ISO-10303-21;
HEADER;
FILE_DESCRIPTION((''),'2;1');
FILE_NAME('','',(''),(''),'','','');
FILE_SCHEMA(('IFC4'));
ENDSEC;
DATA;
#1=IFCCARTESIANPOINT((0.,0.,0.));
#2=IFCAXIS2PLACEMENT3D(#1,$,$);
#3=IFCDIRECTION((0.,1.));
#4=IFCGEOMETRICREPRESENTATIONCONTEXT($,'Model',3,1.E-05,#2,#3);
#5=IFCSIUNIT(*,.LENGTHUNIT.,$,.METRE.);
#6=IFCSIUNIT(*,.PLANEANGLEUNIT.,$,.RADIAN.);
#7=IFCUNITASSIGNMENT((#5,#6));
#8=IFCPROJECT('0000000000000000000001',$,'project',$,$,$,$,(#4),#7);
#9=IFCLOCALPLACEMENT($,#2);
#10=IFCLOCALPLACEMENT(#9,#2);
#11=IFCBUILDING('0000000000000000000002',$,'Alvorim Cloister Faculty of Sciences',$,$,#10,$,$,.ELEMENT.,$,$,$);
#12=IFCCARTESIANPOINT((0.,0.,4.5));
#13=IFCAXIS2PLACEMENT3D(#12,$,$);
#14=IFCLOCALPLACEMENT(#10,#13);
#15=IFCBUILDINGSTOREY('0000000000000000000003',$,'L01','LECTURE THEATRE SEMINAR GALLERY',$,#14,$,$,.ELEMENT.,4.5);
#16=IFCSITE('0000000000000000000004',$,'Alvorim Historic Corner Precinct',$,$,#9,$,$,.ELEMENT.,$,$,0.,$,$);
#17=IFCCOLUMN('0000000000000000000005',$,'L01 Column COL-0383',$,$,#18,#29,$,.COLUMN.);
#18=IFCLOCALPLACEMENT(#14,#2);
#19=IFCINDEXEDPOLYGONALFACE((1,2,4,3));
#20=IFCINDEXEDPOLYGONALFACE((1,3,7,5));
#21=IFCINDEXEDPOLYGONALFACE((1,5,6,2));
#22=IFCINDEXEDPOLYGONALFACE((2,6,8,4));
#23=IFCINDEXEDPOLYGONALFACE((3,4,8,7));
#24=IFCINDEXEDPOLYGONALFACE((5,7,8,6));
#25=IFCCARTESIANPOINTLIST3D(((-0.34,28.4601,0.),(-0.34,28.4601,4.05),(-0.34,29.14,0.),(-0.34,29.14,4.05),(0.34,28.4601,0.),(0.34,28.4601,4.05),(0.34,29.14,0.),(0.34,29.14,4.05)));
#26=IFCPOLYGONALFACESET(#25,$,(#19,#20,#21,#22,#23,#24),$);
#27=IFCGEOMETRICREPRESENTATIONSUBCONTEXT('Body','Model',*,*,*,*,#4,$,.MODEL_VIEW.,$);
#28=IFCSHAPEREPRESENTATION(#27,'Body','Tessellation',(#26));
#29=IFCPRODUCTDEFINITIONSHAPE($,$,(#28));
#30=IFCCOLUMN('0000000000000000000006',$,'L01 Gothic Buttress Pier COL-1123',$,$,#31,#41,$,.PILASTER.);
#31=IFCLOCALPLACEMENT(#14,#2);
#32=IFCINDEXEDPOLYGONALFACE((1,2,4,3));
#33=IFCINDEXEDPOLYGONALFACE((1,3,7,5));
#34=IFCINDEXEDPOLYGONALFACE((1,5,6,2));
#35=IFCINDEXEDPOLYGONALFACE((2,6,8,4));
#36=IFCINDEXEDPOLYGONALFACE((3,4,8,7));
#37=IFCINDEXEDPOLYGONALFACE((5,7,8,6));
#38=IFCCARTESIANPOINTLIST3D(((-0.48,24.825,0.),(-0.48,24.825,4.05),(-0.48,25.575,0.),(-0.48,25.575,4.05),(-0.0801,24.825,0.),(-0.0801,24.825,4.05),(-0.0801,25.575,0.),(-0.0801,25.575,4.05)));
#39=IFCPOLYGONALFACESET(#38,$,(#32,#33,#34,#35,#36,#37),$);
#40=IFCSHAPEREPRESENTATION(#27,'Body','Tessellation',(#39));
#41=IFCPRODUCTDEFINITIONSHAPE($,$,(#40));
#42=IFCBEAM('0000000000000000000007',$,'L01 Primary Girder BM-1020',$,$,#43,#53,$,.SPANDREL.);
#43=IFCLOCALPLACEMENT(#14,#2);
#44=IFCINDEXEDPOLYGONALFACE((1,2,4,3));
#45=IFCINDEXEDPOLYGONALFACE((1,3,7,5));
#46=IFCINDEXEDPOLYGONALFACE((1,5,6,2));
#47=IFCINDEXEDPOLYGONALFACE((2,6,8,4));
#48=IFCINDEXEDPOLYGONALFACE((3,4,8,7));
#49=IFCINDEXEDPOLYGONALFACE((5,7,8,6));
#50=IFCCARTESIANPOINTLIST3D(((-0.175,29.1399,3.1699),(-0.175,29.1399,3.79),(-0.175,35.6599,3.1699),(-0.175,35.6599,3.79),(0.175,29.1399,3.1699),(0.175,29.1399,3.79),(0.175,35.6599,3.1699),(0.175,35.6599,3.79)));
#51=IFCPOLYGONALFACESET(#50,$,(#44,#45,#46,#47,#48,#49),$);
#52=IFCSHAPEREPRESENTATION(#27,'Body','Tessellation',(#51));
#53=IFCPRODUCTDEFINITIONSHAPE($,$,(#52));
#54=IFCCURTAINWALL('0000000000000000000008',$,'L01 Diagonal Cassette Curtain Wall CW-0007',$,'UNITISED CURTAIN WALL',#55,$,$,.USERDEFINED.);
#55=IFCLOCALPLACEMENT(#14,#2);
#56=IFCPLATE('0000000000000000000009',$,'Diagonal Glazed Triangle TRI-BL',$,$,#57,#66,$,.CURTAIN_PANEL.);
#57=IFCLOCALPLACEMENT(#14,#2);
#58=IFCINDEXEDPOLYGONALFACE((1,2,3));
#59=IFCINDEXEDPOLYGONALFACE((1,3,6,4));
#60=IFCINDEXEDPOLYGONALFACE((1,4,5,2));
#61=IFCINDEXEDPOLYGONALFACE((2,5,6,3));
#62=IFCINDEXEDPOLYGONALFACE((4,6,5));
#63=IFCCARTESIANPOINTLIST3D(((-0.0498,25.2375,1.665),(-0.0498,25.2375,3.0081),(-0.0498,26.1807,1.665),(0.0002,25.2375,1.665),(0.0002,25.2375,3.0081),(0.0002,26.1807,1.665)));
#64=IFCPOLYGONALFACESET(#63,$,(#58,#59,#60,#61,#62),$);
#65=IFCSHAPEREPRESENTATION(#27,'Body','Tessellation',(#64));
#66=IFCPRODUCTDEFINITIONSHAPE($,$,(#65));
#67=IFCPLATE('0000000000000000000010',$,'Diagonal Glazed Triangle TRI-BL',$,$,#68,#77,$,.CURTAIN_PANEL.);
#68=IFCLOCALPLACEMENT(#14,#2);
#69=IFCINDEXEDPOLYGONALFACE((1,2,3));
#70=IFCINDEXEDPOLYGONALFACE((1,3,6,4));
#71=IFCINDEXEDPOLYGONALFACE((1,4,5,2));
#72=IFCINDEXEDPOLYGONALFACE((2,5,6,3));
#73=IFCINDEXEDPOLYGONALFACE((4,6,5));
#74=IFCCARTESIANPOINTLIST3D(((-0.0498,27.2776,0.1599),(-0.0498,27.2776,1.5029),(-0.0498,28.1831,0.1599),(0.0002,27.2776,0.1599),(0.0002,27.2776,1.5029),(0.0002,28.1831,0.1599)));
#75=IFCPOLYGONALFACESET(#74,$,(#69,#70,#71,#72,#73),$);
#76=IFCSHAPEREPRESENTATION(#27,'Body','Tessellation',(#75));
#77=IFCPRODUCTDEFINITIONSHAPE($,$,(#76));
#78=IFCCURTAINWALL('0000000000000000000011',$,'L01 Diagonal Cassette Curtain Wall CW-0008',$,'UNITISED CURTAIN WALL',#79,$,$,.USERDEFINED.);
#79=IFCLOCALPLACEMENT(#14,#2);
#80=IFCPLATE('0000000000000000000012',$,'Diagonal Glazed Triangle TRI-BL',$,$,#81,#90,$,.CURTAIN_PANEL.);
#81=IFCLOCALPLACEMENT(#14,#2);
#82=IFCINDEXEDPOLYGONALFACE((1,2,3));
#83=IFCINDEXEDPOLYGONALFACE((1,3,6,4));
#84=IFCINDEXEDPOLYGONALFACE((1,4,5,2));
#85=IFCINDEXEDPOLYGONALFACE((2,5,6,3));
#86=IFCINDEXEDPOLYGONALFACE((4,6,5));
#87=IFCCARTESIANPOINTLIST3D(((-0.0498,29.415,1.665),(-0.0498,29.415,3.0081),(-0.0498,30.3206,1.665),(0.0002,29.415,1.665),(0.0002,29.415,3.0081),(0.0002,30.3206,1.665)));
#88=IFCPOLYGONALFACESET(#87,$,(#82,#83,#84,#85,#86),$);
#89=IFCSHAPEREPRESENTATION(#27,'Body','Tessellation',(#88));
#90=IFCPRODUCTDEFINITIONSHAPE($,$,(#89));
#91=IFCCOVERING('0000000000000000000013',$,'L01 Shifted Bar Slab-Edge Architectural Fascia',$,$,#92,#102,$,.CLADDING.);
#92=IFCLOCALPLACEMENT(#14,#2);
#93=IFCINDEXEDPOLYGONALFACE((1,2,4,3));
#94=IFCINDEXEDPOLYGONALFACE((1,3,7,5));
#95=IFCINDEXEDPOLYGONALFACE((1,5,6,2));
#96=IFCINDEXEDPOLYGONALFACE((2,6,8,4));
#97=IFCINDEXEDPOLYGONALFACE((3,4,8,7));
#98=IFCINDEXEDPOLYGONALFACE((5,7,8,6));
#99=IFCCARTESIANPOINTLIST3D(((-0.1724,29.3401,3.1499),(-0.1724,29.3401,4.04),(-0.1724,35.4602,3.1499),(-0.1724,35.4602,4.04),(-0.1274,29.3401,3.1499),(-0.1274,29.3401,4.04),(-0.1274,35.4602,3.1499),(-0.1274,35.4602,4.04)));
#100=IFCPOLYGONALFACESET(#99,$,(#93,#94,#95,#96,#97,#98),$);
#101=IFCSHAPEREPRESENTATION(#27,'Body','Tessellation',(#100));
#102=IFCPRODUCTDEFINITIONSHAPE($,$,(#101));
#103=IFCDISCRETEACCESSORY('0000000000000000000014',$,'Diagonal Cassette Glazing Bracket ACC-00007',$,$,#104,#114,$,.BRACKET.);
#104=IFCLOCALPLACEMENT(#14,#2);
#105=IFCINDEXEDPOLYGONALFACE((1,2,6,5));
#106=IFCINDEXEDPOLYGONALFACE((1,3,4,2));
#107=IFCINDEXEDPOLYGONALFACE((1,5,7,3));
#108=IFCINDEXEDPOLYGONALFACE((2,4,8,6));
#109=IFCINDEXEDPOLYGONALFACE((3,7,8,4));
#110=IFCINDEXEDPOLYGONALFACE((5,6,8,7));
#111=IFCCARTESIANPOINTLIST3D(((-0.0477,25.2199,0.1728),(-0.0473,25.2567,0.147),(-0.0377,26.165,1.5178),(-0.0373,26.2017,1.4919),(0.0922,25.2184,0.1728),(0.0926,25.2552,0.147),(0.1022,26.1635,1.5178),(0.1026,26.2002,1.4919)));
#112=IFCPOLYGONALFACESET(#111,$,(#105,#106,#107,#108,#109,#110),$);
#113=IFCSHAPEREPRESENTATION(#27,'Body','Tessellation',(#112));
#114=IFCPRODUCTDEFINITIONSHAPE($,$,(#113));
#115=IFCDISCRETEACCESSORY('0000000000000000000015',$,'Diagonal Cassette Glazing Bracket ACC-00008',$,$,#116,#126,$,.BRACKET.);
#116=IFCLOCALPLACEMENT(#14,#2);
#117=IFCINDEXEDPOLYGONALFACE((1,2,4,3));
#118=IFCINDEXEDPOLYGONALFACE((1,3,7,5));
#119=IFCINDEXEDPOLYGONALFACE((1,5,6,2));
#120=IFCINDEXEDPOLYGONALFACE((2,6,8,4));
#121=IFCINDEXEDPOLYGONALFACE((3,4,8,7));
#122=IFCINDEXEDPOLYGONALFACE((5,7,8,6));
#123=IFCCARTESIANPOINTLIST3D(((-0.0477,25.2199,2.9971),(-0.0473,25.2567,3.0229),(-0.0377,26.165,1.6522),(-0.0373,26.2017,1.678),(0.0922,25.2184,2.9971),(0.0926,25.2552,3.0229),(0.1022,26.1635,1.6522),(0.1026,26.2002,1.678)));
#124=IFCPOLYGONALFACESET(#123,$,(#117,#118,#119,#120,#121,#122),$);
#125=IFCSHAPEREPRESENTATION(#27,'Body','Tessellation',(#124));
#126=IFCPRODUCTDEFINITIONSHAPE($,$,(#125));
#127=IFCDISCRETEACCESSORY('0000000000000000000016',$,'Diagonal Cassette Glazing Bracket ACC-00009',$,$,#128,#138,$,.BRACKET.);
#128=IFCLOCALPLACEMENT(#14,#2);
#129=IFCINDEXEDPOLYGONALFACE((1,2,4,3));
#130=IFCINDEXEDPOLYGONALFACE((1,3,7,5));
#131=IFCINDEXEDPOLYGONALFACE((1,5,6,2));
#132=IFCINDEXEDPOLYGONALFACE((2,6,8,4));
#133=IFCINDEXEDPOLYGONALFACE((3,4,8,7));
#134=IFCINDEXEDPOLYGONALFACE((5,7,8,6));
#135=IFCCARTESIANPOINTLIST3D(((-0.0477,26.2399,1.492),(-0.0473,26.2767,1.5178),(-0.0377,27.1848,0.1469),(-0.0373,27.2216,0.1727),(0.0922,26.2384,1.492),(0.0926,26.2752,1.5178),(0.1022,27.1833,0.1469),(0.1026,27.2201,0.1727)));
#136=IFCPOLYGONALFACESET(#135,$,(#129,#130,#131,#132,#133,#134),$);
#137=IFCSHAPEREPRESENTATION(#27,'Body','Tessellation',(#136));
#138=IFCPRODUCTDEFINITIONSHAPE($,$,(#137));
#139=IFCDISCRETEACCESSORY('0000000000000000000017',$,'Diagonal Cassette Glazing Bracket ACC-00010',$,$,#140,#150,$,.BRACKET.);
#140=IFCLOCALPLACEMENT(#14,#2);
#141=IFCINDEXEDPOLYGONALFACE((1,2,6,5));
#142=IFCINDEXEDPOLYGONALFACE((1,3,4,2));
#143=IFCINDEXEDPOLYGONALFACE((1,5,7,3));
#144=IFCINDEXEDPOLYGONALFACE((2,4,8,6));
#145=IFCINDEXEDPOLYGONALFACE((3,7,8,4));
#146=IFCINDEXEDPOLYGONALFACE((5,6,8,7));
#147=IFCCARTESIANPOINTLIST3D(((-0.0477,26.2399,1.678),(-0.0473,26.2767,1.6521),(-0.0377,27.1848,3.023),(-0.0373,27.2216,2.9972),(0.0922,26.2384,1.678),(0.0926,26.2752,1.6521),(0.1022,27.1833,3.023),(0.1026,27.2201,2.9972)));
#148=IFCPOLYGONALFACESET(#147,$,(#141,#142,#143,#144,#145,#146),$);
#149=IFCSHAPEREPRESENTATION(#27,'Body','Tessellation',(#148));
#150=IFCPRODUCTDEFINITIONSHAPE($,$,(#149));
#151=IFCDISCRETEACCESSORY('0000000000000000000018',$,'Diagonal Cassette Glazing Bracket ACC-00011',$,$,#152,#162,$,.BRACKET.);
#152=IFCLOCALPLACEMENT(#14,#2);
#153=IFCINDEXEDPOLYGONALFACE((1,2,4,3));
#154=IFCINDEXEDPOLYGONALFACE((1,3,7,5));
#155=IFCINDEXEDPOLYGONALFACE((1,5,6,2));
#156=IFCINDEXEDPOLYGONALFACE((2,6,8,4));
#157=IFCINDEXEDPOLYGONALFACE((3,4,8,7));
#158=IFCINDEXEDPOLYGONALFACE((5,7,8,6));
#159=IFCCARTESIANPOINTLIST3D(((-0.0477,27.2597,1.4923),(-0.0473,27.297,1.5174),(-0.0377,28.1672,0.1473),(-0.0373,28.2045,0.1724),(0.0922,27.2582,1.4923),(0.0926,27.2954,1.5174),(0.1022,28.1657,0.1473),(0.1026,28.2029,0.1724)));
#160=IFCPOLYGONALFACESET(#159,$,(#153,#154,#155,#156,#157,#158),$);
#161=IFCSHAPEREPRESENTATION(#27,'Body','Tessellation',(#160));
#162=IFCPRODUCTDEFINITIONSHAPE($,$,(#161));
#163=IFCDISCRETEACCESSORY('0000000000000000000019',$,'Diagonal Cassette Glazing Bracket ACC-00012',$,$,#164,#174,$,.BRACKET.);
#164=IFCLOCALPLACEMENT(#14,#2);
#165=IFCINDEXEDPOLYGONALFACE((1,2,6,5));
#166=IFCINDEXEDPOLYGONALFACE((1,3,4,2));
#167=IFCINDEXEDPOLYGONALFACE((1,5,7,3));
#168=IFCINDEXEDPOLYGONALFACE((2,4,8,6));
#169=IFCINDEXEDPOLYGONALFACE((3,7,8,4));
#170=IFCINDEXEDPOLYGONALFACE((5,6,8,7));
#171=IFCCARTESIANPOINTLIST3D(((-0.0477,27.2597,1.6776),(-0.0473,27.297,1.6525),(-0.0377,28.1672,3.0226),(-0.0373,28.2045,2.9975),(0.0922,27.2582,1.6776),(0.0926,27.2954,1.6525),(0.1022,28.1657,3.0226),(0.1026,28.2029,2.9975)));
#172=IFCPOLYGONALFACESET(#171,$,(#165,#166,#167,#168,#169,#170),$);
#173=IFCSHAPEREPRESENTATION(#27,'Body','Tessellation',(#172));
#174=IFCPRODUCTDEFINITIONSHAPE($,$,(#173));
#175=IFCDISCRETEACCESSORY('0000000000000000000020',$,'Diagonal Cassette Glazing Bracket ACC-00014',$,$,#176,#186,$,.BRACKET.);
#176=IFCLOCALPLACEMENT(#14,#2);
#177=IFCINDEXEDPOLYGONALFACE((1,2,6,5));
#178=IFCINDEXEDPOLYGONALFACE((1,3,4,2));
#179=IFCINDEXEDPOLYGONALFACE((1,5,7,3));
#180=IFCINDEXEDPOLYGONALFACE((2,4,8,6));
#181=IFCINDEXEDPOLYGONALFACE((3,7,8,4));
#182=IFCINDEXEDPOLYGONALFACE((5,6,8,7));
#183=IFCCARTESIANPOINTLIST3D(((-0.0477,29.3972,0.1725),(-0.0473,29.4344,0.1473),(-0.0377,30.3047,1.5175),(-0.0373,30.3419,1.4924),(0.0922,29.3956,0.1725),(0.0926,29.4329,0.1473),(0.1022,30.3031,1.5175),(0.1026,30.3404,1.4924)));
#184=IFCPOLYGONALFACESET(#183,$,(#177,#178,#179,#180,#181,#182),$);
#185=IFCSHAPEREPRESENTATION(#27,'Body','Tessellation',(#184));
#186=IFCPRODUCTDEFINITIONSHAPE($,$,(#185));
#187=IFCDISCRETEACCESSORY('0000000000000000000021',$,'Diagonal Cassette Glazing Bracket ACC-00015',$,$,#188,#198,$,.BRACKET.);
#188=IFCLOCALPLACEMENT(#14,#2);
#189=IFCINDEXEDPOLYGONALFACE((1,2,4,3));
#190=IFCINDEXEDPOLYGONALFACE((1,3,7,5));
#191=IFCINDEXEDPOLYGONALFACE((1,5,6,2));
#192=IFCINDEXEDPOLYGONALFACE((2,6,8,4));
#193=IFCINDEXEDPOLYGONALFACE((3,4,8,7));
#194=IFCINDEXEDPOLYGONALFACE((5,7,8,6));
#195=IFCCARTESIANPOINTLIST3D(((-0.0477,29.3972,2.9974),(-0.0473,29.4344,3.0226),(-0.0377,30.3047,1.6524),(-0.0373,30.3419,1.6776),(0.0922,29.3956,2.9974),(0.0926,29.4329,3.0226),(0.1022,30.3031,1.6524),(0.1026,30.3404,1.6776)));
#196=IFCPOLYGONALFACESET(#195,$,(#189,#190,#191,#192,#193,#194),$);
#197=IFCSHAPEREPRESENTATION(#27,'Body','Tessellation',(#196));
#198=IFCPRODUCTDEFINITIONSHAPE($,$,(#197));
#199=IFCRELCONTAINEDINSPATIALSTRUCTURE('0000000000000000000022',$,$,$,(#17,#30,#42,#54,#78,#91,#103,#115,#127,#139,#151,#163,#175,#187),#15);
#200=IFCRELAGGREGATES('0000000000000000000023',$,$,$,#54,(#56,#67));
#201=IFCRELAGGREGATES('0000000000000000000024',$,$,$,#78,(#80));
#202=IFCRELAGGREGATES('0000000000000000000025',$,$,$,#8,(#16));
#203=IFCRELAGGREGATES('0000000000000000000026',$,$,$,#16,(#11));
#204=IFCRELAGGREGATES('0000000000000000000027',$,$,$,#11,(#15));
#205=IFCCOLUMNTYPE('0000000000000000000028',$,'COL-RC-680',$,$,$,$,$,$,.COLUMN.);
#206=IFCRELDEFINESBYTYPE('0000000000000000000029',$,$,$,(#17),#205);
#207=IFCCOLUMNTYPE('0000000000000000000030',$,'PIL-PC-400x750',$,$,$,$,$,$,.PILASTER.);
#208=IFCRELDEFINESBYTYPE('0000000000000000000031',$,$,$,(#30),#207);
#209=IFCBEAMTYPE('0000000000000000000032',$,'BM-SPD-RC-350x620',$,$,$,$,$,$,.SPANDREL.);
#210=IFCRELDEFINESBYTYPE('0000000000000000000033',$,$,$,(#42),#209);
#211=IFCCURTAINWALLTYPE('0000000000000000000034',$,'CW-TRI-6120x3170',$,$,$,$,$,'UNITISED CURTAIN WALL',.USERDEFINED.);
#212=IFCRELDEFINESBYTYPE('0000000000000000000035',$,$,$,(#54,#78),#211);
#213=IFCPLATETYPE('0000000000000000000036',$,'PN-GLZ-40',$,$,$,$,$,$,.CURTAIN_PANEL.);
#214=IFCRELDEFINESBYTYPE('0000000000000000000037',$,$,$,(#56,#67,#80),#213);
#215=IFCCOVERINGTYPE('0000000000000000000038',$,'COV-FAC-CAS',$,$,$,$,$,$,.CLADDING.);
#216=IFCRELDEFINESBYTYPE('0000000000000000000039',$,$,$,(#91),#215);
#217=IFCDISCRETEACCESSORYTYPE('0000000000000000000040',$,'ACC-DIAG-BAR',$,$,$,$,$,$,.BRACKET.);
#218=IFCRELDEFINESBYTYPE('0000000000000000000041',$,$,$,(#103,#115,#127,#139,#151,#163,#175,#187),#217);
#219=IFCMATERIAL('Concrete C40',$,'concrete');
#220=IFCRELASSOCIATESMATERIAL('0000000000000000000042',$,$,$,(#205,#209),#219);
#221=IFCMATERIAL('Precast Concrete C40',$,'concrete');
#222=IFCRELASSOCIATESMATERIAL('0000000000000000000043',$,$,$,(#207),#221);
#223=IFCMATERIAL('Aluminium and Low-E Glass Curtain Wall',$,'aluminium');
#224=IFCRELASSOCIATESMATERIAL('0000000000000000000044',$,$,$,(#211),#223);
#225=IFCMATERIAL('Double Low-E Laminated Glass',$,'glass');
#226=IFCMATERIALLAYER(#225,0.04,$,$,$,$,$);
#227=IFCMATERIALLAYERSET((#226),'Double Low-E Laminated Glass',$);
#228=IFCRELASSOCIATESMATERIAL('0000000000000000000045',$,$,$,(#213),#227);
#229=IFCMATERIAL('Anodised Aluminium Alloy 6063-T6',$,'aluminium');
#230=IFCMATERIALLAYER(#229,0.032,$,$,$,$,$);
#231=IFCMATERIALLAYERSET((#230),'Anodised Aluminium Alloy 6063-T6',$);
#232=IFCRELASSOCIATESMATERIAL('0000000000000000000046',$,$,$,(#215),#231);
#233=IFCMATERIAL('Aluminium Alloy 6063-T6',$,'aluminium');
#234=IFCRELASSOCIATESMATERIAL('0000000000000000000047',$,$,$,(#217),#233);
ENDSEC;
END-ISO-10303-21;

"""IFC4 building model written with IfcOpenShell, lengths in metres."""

from ifc_helpers import new_model, si_unit, direction, frame, origin, origin_2d, place, context, subcontext, project, spatial, polyline, rectangle, outline, extrude, material, layer, layer_set, material_profile, profile_set, type_object, element, aggregate, save


model = new_model("IFC4")

# Units and contexts
model_context = context("Model", 3, precision=1e-05, world=origin(), true_north=direction((0.0, 1.0)))
body_context = subcontext(model_context, "Body", "Model", "MODEL_VIEW")
ifc_project = project(units=[si_unit("LENGTHUNIT", "METRE"), si_unit("PLANEANGLEUNIT", "RADIAN")], contexts=[model_context])

# Site, building, storey
site_placement = place(None, origin())
site = spatial("IfcSite", under=ifc_project, at=site_placement, Name="Alvorim Historic Corner Precinct", CompositionType="ELEMENT", RefElevation=0.0)
building_placement = place(site_placement, origin())
building = spatial("IfcBuilding", under=site, at=building_placement, Name="Alvorim Cloister Faculty of Sciences", CompositionType="ELEMENT")
storey_placement = place(building_placement, frame((0.0, 0.0, 4.5)))
storey = spatial("IfcBuildingStorey", under=building, at=storey_placement, Name="L01", Description="LECTURE THEATRE SEMINAR GALLERY", CompositionType="ELEMENT", Elevation=4.5)

# Columns
ifc_material_1 = material(Name="Concrete C40", Category="concrete")
ifc_material_profile_1 = material_profile(ifc_material_1, rectangle(XDim=0.6799, YDim=0.6799, at=origin_2d()), Name="RC40-COL-680x680")
ifc_profile_set_1 = profile_set([ifc_material_profile_1], Name="Concrete C40")
column_type_1 = type_object("IfcColumnType", Name="COL-RC-680", PredefinedType="COLUMN", material=ifc_profile_set_1)
column_1_placement = place(storey_placement, frame((0.0, 28.8, 0.0), z_axis=(0.0, 0.0, 1.0), x_axis=(1.0, 0.0, 0.0)))
element("IfcColumn", 1, at=column_1_placement, inside=storey, type_object=column_type_1, Name="L01 Column COL-0383", PredefinedType="COLUMN", context=body_context, shape_type="SweptSolid", body=[
    extrude(rectangle(XDim=0.6799, YDim=0.6799, at=origin_2d()), origin(), (0.0, 0.0, 1.0), 4.05),
])
ifc_material_2 = material(Name="Precast Concrete C40", Category="concrete")
ifc_material_profile_2 = material_profile(ifc_material_2, rectangle(XDim=0.3999, YDim=0.75, at=origin_2d()), Name="RC40-PIL-400x750")
ifc_profile_set_2 = profile_set([ifc_material_profile_2], Name="Precast Concrete C40")
column_type_2 = type_object("IfcColumnType", Name="PIL-PC-400x750", PredefinedType="PILASTER", material=ifc_profile_set_2)
column_2_placement = place(storey_placement, frame((-0.28, 25.2, 0.0), z_axis=(0.0, 0.0, 1.0), x_axis=(1.0, 0.0, 0.0)))
element("IfcColumn", 2, at=column_2_placement, inside=storey, type_object=column_type_2, Name="L01 Gothic Buttress Pier COL-1123", PredefinedType="PILASTER", context=body_context, shape_type="SweptSolid", body=[
    extrude(rectangle(XDim=0.3999, YDim=0.75, at=origin_2d()), origin(), (0.0, 0.0, 1.0), 4.05),
])

# Beam
ifc_material_profile_3 = material_profile(ifc_material_1, rectangle(XDim=0.3501, YDim=0.6201, at=origin_2d()), Name="RC40-SPD-350x620")
ifc_profile_set_3 = profile_set([ifc_material_profile_3], Name="Concrete C40")
beam_type = type_object("IfcBeamType", Name="BM-SPD-RC-350x620", PredefinedType="SPANDREL", material=ifc_profile_set_3)
beam_placement = place(storey_placement, frame((0.0, 29.1399, 3.48), z_axis=(0.0, 1.0, 0.0), x_axis=(-1.0, 0.0, 0.0)))
element("IfcBeam", 3, at=beam_placement, inside=storey, type_object=beam_type, Name="L01 Primary Girder BM-1020", PredefinedType="SPANDREL", context=body_context, shape_type="SweptSolid", body=[
    extrude(rectangle(XDim=0.3501, YDim=0.6201, at=origin_2d()), origin(), (0.0, 0.0, 1.0), 6.52),
])

# Curtain walls, plates
ifc_material_3 = material(Name="Aluminium and Low-E Glass Curtain Wall", Category="aluminium")
curtain_wall_type = type_object("IfcCurtainWallType", Name="CW-TRI-6120x3170", ElementType="UNITISED CURTAIN WALL", PredefinedType="USERDEFINED", material=ifc_material_3)
curtain_wall_1_placement = place(storey_placement, origin())
curtain_wall_1 = element("IfcCurtainWall", 4, at=curtain_wall_1_placement, inside=storey, type_object=curtain_wall_type, Name="L01 Diagonal Cassette Curtain Wall CW-0007", ObjectType="UNITISED CURTAIN WALL", PredefinedType="USERDEFINED")
ifc_material_4 = material(Name="Double Low-E Laminated Glass", Category="glass")
ifc_layer_1 = layer(ifc_material_4, 0.04)
ifc_layer_set_1 = layer_set([ifc_layer_1], Name="Double Low-E Laminated Glass")
plate_type = type_object("IfcPlateType", Name="PN-GLZ-40", PredefinedType="CURTAIN_PANEL", material=ifc_layer_set_1)
plate_1_placement = place(storey_placement, frame((-0.0249, 25.2375, 1.665), z_axis=(0.0, 0.0, 1.0), x_axis=(0.0, 1.0, 0.0)))
plate_1 = element("IfcPlate", 5, at=plate_1_placement, type_object=plate_type, Name="Diagonal Glazed Triangle TRI-BL", PredefinedType="CURTAIN_PANEL", context=body_context, shape_type="SweptSolid", body=[
    extrude(outline(polyline([(0.0, 0.0), (0.9431, 0.0), (0.0, 1.343), (0.0, 0.0)])), frame((0.0, 0.0249, 0.0), z_axis=(0.0, -1.0, 0.0), x_axis=(1.0, 0.0, 0.0)), (0.0, 0.0, 1.0), 0.05),
])
plate_2_placement = place(storey_placement, frame((-0.0249, 27.2776, 0.1599), z_axis=(0.0, 0.0, 1.0), x_axis=(0.0, 1.0, 0.0)))
plate_2 = element("IfcPlate", 6, at=plate_2_placement, type_object=plate_type, Name="Diagonal Glazed Triangle TRI-BL", PredefinedType="CURTAIN_PANEL", context=body_context, shape_type="SweptSolid", body=[
    extrude(outline(polyline([(0.0, 0.0), (0.9055, 0.0), (0.0, 1.343), (0.0, 0.0)])), frame((0.0, 0.0249, 0.0), z_axis=(0.0, -1.0, 0.0), x_axis=(1.0, 0.0, 0.0)), (0.0, 0.0, 1.0), 0.05),
])
aggregate(curtain_wall_1, [plate_1, plate_2])
curtain_wall_2_placement = place(storey_placement, origin())
curtain_wall_2 = element("IfcCurtainWall", 7, at=curtain_wall_2_placement, inside=storey, type_object=curtain_wall_type, Name="L01 Diagonal Cassette Curtain Wall CW-0008", ObjectType="UNITISED CURTAIN WALL", PredefinedType="USERDEFINED")
plate_3_placement = place(storey_placement, frame((-0.0249, 29.415, 1.665), z_axis=(0.0, 0.0, 1.0), x_axis=(0.0, 1.0, 0.0)))
plate_3 = element("IfcPlate", 8, at=plate_3_placement, type_object=plate_type, Name="Diagonal Glazed Triangle TRI-BL", PredefinedType="CURTAIN_PANEL", context=body_context, shape_type="SweptSolid", body=[
    extrude(outline(polyline([(0.0, 0.0), (0.9055, 0.0), (0.0, 1.343), (0.0, 0.0)])), frame((0.0, 0.0249, 0.0), z_axis=(0.0, -1.0, 0.0), x_axis=(1.0, 0.0, 0.0)), (0.0, 0.0, 1.0), 0.05),
])
aggregate(curtain_wall_2, [plate_3])

# Covering
ifc_material_5 = material(Name="Anodised Aluminium Alloy 6063-T6", Category="aluminium")
ifc_layer_2 = layer(ifc_material_5, 0.032)
ifc_layer_set_2 = layer_set([ifc_layer_2], Name="Anodised Aluminium Alloy 6063-T6")
covering_type = type_object("IfcCoveringType", Name="COV-FAC-CAS", PredefinedType="CLADDING", material=ifc_layer_set_2)
covering_placement = place(storey_placement, frame((-0.1499, 29.3401, 3.1499), z_axis=(0.0, 0.0, 1.0), x_axis=(0.0, 1.0, 0.0)))
element("IfcCovering", 9, at=covering_placement, inside=storey, type_object=covering_type, Name="L01 Shifted Bar Slab-Edge Architectural Fascia", PredefinedType="CLADDING", context=body_context, shape_type="SweptSolid", body=[
    extrude(outline(polyline([(0.0, 0.0), (6.1201, 0.0), (6.1201, 0.8901), (0.0, 0.8901), (0.0, 0.0)])), frame((0.0, 0.0225, 0.0), z_axis=(0.0, -1.0, 0.0), x_axis=(1.0, 0.0, 0.0)), (0.0, 0.0, 1.0), 0.0449),
])

# Discrete accessories
ifc_material_6 = material(Name="Aluminium Alloy 6063-T6", Category="aluminium")
discrete_accessory_type = type_object("IfcDiscreteAccessoryType", Name="ACC-DIAG-BAR", PredefinedType="BRACKET", material=ifc_material_6)
for number, where, z_axis, x_axis, name in (
    (10, (0.0225, 25.2375, 0.1599), (0.006089, 0.574916, 0.81819), (-0.999944, 0.010591, 0.0), "Diagonal Cassette Glazing Bracket ACC-00007"),
    (11, (0.0225, 25.2375, 3.01), (0.006089, 0.574916, -0.81819), (-0.999944, 0.010591, 0.0), "Diagonal Cassette Glazing Bracket ACC-00008"),
    (12, (0.0225, 26.2576, 1.5049), (0.00609, 0.574817, -0.81826), (-0.999944, 0.010594, 0.0), "Diagonal Cassette Glazing Bracket ACC-00009"),
    (13, (0.0225, 26.2576, 1.665), (0.00609, 0.574817, 0.81826), (-0.999944, 0.010594, 0.0), "Diagonal Cassette Glazing Bracket ACC-00010"),
):
    element("IfcDiscreteAccessory", number, at=place(storey_placement, frame(where, z_axis=z_axis, x_axis=x_axis)), inside=storey, type_object=discrete_accessory_type, Name=name, PredefinedType="BRACKET", context=body_context, shape_type="SweptSolid", body=[
        extrude(rectangle(XDim=0.1399, YDim=0.0449, at=origin_2d()), origin(), (0.0, 0.0, 1.0), 1.6438),
    ])
for number, where, z_axis, x_axis, name in (
    (14, (0.0225, 27.2776, 1.5049), (0.006169, 0.559299, -0.828943), (-0.999939, 0.01103, 0.0), "Diagonal Cassette Glazing Bracket ACC-00011"),
    (15, (0.0225, 27.2776, 1.665), (0.006169, 0.559299, 0.828943), (-0.999939, 0.01103, 0.0), "Diagonal Cassette Glazing Bracket ACC-00012"),
    (16, (0.0225, 29.415, 0.1599), (0.006169, 0.559299, 0.828943), (-0.999939, 0.01103, 0.0), "Diagonal Cassette Glazing Bracket ACC-00014"),
    (17, (0.0225, 29.415, 3.01), (0.006169, 0.559299, -0.828943), (-0.999939, 0.01103, 0.0), "Diagonal Cassette Glazing Bracket ACC-00015"),
):
    element("IfcDiscreteAccessory", number, at=place(storey_placement, frame(where, z_axis=z_axis, x_axis=x_axis)), inside=storey, type_object=discrete_accessory_type, Name=name, PredefinedType="BRACKET", context=body_context, shape_type="SweptSolid", body=[
        extrude(rectangle(XDim=0.1399, YDim=0.0449, at=origin_2d()), origin(), (0.0, 0.0, 1.0), 1.6226),
    ])

save(model, "model.ifc")
